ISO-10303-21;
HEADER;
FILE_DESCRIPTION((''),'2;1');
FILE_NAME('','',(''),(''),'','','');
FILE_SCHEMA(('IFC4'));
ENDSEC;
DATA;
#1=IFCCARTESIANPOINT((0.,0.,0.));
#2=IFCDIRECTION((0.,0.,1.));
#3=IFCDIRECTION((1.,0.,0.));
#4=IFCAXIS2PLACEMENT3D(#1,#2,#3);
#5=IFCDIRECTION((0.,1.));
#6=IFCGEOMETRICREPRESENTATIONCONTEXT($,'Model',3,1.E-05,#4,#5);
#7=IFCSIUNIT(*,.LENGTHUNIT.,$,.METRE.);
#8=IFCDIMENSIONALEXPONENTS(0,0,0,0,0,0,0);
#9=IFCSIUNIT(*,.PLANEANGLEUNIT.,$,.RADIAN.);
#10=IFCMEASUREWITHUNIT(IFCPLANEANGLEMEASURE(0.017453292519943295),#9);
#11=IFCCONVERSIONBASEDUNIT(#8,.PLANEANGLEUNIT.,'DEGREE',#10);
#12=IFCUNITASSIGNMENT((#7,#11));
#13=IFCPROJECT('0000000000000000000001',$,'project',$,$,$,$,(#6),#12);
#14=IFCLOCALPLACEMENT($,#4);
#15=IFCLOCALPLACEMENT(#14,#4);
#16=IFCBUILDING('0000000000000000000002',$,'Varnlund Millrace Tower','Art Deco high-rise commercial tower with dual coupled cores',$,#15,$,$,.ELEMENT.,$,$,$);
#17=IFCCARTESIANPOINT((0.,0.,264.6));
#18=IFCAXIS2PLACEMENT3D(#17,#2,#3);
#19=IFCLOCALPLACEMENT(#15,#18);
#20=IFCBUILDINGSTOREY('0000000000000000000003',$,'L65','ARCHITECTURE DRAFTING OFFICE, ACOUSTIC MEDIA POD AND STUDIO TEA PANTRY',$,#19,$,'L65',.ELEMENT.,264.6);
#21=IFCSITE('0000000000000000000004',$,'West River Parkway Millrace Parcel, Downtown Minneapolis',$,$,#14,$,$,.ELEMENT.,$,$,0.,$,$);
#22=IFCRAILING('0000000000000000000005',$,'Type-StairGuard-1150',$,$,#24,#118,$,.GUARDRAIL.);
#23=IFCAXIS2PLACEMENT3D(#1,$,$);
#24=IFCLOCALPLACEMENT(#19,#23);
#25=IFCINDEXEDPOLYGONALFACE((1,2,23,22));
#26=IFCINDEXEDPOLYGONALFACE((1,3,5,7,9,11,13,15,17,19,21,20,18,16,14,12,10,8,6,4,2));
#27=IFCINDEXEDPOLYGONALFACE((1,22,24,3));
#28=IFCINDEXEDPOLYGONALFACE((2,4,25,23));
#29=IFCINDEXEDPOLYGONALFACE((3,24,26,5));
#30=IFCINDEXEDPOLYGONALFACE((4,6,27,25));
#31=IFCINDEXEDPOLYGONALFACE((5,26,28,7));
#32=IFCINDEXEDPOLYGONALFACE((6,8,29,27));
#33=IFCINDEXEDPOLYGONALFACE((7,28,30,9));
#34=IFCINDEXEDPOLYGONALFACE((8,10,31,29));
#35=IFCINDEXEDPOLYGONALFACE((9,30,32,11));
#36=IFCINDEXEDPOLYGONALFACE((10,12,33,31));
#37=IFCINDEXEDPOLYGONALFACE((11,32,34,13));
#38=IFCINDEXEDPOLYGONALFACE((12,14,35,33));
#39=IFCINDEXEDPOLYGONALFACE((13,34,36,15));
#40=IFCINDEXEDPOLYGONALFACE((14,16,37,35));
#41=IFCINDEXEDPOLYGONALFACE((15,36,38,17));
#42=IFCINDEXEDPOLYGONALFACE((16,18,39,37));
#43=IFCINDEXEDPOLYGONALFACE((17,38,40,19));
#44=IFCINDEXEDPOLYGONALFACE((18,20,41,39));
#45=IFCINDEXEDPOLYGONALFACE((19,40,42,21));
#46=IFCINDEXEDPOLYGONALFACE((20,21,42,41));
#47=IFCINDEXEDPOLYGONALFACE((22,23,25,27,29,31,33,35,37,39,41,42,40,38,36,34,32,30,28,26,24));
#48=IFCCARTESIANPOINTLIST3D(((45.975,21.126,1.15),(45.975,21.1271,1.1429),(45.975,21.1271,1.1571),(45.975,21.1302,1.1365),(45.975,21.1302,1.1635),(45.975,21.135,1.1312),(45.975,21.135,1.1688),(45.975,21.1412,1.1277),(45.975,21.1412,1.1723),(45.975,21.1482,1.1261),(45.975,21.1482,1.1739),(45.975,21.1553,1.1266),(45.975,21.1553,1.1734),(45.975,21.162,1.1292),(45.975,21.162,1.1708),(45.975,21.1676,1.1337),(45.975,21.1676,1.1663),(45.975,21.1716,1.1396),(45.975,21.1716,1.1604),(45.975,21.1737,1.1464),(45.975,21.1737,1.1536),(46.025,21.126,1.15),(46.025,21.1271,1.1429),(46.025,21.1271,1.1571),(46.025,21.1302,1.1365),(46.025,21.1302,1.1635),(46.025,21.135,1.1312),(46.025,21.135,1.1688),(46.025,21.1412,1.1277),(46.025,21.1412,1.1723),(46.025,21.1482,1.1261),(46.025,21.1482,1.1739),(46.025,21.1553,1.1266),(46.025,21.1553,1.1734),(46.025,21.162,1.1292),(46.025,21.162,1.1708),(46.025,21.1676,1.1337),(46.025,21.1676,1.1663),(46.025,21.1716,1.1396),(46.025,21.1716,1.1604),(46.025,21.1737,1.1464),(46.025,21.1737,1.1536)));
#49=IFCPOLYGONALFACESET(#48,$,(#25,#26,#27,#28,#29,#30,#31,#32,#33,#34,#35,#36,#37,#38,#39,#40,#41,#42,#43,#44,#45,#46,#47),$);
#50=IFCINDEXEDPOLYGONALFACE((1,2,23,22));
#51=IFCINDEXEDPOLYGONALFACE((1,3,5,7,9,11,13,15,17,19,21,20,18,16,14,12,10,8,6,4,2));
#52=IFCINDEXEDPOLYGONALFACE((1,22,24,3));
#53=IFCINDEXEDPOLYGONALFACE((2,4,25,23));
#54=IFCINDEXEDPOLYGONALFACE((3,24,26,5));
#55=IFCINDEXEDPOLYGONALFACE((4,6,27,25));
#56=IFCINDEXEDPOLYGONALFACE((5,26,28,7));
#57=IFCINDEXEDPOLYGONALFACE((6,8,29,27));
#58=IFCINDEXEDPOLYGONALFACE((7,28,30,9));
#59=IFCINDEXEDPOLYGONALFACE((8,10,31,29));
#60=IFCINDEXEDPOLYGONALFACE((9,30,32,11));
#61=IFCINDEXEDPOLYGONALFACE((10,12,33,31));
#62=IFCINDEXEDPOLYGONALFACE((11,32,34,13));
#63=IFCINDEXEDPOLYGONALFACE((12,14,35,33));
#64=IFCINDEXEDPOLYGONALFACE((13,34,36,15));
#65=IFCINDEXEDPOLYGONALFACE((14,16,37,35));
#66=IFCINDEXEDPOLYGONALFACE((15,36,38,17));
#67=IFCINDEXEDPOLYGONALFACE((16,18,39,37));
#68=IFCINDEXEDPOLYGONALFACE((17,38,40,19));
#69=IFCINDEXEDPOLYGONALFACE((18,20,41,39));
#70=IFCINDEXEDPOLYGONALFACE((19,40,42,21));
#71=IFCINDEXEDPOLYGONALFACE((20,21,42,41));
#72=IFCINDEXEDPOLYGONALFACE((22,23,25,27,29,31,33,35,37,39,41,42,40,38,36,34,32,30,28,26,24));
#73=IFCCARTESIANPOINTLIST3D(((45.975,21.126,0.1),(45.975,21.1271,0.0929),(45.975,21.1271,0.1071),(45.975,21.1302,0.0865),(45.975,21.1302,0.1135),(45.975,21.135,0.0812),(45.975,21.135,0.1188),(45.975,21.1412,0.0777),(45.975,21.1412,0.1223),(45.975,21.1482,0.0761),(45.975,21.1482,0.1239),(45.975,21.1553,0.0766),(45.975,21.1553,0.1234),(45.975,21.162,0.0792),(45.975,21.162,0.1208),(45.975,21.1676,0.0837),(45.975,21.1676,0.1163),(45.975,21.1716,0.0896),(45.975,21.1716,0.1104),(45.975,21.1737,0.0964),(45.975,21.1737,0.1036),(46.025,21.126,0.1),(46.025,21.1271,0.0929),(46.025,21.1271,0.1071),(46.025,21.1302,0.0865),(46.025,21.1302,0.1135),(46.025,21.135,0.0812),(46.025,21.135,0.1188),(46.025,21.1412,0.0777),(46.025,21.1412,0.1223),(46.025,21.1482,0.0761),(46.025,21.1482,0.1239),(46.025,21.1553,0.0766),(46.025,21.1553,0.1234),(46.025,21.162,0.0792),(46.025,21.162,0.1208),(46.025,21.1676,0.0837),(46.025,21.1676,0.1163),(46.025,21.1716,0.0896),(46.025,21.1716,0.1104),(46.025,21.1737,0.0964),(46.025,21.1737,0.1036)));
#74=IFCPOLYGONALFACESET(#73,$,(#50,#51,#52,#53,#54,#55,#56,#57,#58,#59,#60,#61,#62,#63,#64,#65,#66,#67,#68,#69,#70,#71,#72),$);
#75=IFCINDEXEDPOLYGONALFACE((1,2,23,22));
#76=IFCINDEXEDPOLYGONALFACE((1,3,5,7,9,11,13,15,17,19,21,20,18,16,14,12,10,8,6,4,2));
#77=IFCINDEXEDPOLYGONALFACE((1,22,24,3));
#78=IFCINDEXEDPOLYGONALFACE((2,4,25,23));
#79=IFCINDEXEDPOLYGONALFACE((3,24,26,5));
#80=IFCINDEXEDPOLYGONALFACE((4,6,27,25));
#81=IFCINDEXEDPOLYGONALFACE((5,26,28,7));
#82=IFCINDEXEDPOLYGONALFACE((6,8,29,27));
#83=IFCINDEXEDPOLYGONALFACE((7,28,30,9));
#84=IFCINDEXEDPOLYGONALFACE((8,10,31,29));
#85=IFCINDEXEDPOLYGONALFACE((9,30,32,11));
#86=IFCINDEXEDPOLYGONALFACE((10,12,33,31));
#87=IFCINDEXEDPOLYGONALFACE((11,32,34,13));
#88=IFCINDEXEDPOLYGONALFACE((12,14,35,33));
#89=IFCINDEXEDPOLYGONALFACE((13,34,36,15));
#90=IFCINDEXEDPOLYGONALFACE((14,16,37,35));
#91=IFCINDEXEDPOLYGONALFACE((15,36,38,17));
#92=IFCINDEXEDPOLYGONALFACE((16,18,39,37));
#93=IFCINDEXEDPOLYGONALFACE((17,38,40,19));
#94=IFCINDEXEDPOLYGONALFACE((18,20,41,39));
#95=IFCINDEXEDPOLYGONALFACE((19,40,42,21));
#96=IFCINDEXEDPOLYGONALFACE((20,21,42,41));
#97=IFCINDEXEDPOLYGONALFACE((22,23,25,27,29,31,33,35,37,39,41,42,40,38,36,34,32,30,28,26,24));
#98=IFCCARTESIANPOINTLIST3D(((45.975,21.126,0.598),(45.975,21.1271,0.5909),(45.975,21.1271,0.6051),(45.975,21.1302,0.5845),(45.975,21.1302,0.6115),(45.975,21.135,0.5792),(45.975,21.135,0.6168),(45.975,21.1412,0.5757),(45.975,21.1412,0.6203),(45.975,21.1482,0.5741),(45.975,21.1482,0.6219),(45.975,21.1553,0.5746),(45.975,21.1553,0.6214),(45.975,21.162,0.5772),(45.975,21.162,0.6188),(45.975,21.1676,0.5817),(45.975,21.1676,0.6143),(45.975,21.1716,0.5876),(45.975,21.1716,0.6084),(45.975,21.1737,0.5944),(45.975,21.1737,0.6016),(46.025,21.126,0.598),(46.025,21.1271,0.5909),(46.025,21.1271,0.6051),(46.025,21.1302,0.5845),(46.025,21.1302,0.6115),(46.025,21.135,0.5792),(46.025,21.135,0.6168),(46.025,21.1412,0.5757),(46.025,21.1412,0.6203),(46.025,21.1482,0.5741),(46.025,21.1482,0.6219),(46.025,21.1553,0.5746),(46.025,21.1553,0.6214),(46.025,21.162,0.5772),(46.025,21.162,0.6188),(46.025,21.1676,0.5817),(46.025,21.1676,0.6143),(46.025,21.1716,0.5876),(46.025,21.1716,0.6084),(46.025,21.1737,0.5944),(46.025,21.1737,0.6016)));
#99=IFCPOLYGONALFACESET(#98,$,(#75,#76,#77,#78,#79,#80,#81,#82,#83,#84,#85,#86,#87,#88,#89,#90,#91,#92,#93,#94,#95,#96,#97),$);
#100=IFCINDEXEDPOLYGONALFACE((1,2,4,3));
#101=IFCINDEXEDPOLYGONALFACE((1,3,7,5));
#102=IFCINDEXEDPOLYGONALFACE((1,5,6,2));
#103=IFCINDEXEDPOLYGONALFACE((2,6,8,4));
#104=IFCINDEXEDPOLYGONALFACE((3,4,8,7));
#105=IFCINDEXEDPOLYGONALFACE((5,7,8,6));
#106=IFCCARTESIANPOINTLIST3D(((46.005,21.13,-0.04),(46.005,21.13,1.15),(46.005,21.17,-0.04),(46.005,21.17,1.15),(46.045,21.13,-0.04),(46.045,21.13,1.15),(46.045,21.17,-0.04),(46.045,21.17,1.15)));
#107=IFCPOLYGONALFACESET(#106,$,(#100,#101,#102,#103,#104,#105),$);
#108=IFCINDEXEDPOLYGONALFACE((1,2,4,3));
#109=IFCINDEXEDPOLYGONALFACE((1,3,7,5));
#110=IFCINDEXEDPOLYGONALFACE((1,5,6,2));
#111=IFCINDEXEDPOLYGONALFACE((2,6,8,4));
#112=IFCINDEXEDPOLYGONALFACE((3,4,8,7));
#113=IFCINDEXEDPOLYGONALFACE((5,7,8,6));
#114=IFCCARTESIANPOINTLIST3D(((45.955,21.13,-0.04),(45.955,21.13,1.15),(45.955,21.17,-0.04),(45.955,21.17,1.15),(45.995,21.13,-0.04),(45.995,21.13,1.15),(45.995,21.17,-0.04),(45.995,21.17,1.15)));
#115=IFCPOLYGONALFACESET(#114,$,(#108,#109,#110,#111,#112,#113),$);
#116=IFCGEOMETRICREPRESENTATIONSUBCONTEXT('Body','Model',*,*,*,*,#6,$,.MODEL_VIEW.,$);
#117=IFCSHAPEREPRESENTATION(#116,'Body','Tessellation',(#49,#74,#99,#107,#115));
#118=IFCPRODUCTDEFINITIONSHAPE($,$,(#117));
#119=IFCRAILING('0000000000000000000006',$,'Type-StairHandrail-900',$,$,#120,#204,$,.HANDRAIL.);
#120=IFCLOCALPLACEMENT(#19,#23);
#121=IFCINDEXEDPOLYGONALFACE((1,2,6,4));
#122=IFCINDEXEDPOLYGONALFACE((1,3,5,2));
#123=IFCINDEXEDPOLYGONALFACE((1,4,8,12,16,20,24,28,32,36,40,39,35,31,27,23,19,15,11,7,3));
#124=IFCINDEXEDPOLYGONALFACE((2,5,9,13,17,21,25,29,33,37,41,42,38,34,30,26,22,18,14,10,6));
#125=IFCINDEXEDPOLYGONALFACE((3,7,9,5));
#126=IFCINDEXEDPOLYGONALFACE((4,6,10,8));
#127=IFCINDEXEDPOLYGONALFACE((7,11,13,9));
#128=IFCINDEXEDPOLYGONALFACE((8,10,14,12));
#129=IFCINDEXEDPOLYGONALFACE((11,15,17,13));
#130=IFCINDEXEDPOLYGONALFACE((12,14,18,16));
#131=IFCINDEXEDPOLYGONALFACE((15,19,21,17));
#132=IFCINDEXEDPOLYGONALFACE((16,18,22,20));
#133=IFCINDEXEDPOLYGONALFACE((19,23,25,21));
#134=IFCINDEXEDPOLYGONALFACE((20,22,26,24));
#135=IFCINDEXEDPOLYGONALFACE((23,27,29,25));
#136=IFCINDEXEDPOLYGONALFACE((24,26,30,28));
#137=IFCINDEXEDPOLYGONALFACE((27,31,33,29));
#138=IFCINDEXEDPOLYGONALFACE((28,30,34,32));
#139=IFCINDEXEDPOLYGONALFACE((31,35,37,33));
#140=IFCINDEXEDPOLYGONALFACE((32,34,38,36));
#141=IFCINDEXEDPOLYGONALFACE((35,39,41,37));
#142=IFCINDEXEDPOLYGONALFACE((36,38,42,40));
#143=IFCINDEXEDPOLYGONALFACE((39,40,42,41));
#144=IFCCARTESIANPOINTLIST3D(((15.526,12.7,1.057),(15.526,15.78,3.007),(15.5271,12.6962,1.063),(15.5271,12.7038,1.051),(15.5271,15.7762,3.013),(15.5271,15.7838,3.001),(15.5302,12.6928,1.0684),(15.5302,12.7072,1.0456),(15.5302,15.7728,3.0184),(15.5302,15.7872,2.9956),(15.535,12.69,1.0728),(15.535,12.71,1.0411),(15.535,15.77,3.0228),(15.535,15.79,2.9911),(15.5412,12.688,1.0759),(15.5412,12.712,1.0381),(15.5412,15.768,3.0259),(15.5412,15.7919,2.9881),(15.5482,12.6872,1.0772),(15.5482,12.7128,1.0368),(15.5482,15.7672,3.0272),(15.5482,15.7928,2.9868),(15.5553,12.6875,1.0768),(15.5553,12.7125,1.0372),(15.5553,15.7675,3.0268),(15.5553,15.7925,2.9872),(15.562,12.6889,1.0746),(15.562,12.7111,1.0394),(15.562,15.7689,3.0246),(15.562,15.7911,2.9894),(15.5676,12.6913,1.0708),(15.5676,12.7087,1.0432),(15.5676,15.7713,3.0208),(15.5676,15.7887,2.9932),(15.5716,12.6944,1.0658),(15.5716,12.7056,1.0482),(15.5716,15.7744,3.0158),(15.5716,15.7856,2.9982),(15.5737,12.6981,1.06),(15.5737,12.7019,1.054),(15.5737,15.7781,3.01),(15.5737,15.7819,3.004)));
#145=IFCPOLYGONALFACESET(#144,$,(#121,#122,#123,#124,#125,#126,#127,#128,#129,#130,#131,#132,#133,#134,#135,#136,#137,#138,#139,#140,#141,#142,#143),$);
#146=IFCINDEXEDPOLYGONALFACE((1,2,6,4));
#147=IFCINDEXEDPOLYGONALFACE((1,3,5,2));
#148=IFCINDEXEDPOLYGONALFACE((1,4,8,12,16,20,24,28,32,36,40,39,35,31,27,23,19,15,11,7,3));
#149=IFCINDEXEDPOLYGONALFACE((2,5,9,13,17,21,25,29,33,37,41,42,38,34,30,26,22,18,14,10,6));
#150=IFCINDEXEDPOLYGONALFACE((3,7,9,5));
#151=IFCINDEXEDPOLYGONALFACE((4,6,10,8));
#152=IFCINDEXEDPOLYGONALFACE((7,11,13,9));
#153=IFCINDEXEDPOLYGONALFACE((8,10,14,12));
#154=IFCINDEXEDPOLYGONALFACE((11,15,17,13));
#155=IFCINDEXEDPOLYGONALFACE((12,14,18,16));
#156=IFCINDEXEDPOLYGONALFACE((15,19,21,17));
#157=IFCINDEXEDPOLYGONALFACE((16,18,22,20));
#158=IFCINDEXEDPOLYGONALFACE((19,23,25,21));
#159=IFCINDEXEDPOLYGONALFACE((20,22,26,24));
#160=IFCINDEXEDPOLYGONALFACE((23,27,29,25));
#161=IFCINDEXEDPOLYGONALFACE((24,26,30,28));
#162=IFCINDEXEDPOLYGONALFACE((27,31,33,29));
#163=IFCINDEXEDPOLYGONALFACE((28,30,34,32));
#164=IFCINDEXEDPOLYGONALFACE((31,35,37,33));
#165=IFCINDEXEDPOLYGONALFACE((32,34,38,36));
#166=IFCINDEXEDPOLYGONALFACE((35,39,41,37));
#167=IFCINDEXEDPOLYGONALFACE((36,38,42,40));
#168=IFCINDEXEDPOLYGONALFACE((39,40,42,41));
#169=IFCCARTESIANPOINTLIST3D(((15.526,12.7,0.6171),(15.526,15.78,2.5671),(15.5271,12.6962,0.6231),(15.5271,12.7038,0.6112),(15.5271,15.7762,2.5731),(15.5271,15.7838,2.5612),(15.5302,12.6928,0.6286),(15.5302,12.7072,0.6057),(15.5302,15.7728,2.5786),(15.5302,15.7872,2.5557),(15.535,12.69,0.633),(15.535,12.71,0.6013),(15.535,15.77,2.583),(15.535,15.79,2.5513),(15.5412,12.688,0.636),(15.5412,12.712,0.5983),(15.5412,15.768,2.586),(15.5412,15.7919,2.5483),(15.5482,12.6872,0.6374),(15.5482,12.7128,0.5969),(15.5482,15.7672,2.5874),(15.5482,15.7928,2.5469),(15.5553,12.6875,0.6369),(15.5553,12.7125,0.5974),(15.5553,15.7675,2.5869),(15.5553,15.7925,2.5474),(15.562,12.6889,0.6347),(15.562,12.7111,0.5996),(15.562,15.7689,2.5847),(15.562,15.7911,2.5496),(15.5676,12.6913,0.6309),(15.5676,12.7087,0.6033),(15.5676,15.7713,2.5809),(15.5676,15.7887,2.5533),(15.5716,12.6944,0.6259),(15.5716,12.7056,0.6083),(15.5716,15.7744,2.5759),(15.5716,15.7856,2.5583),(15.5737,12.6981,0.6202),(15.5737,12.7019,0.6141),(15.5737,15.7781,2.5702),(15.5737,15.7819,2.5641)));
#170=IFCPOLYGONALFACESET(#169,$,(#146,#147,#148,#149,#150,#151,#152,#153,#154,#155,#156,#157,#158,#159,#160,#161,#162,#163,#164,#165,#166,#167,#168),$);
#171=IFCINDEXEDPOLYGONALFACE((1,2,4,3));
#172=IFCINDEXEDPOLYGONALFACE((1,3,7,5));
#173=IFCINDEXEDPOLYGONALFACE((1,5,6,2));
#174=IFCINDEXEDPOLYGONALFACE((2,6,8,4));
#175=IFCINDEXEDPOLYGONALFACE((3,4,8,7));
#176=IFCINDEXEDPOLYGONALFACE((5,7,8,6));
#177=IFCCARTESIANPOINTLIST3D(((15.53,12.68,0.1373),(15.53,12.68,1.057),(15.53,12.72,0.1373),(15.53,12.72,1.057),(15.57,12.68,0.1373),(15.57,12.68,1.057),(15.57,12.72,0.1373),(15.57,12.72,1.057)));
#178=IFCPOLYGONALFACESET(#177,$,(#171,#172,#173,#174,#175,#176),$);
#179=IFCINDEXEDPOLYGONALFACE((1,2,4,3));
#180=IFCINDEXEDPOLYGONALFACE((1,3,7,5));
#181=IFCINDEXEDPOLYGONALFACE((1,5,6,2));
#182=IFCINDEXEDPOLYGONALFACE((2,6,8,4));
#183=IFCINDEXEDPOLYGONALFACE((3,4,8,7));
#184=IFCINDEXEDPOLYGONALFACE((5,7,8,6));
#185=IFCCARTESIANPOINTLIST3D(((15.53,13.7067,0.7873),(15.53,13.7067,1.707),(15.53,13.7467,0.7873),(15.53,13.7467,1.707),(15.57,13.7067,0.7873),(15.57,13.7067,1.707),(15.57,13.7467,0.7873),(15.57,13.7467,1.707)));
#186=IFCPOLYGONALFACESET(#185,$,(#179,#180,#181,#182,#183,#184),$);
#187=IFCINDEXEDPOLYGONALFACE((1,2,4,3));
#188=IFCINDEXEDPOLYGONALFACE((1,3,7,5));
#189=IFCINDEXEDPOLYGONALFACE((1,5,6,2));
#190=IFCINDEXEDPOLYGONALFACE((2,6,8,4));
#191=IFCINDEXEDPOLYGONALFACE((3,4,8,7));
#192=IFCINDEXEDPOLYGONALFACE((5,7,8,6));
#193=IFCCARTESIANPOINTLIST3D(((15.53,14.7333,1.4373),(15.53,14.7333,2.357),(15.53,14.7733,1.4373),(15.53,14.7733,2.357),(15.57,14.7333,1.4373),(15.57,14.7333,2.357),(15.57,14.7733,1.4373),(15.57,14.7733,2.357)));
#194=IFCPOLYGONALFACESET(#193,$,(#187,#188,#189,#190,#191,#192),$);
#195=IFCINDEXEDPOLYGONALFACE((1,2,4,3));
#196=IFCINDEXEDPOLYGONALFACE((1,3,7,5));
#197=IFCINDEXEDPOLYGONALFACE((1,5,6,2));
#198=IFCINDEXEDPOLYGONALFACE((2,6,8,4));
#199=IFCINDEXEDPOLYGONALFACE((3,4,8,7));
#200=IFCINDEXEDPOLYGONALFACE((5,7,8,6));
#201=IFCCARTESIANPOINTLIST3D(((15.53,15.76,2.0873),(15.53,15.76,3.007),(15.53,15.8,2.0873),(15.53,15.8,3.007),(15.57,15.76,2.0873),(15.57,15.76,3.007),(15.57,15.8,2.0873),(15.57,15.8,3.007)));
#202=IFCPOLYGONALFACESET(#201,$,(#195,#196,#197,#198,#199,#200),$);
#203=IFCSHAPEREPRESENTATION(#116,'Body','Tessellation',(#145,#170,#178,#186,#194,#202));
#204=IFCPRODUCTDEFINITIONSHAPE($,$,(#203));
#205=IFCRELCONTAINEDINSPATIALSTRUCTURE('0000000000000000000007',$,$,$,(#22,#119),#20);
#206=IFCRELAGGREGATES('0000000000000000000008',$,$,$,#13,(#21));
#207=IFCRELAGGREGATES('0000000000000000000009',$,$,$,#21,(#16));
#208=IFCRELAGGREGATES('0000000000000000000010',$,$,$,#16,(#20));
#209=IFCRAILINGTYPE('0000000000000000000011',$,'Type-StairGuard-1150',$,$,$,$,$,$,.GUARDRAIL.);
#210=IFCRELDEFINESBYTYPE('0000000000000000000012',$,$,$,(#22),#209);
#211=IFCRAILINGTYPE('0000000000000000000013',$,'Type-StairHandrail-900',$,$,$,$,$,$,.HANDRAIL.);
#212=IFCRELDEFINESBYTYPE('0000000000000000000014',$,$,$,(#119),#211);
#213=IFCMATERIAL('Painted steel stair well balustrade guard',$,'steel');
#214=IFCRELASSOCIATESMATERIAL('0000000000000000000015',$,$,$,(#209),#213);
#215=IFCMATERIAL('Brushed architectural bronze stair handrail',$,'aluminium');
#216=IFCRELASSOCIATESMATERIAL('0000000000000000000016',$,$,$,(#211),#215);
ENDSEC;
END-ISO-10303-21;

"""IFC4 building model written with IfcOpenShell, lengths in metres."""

from ifc_helpers import new_model, entity, si_unit, converted_unit, direction, frame, origin_with_axes, origin_2d_with_axis, place, context, subcontext, project, spatial, rectangle, circle, extrude, material, type_object, element, save


model = new_model("IFC4")

# Units and contexts
model_context = context("Model", 3, precision=1e-05, world=origin_with_axes(), true_north=direction((0.0, 1.0)))
body_context = subcontext(model_context, "Body", "Model", "MODEL_VIEW")
ifc_project = project(units=[si_unit("LENGTHUNIT", "METRE"), converted_unit("PLANEANGLEUNIT", "DEGREE", entity("IfcPlaneAngleMeasure", 0.017453292519943295), si_unit("PLANEANGLEUNIT", "RADIAN"), dimensions=[0, 0, 0, 0, 0, 0, 0])], contexts=[model_context])

# Site, building, storey
site_placement = place(None, origin_with_axes())
site = spatial("IfcSite", under=ifc_project, at=site_placement, Name="West River Parkway Millrace Parcel, Downtown Minneapolis", CompositionType="ELEMENT", RefElevation=0.0)
building_placement = place(site_placement, origin_with_axes())
building = spatial("IfcBuilding", under=site, at=building_placement, Name="Varnlund Millrace Tower", Description="Art Deco high-rise commercial tower with dual coupled cores", CompositionType="ELEMENT")
storey_placement = place(building_placement, frame((0.0, 0.0, 264.6), z_axis=(0.0, 0.0, 1.0), x_axis=(1.0, 0.0, 0.0)))
storey = spatial("IfcBuildingStorey", under=building, at=storey_placement, Name="L65", Description="ARCHITECTURE DRAFTING OFFICE, ACOUSTIC MEDIA POD AND STUDIO TEA PANTRY", LongName="L65", CompositionType="ELEMENT", Elevation=264.6)

# Railings
ifc_material_1 = material(Name="Painted steel stair well balustrade guard", Category="steel")
railing_type_1 = type_object("IfcRailingType", Name="Type-StairGuard-1150", PredefinedType="GUARDRAIL", material=ifc_material_1)
railing_1_placement = place(storey_placement, frame((0.0, 0.0, -264.6), z_axis=(0.0, 0.0, 1.0), x_axis=(1.0, 0.0, 0.0)))
element("IfcRailing", 1, at=railing_1_placement, inside=storey, type_object=railing_type_1, Name="Type-StairGuard-1150", PredefinedType="GUARDRAIL", context=body_context, shape_type="SweptSolid", body=[
    extrude(circle(Radius=0.024, at=origin_2d_with_axis()), frame((46.025, 21.15, 265.75), z_axis=(-1.0, 0.0, 0.0), x_axis=(0.0, -1.0, 0.0)), (0.0, 0.0, 1.0), 0.05),
    extrude(circle(Radius=0.024, at=origin_2d_with_axis()), frame((46.025, 21.15, 264.7), z_axis=(-1.0, 0.0, 0.0), x_axis=(0.0, -1.0, 0.0)), (0.0, 0.0, 1.0), 0.05),
    extrude(circle(Radius=0.024, at=origin_2d_with_axis()), frame((46.025, 21.15, 265.198), z_axis=(-1.0, 0.0, 0.0), x_axis=(0.0, -1.0, 0.0)), (0.0, 0.0, 1.0), 0.05),
    extrude(rectangle(XDim=0.04, YDim=0.04, at=origin_2d_with_axis()), frame((46.025, 21.15, 264.56), z_axis=(0.0, 0.0, 1.0), x_axis=(1.0, 0.0, 0.0)), (0.0, 0.0, 1.0), 1.19),
    extrude(rectangle(XDim=0.04, YDim=0.04, at=origin_2d_with_axis()), frame((45.975, 21.15, 264.56), z_axis=(0.0, 0.0, 1.0), x_axis=(1.0, 0.0, 0.0)), (0.0, 0.0, 1.0), 1.19),
])
ifc_material_2 = material(Name="Brushed architectural bronze stair handrail", Category="aluminium")
railing_type_2 = type_object("IfcRailingType", Name="Type-StairHandrail-900", PredefinedType="HANDRAIL", material=ifc_material_2)
railing_2_placement = place(storey_placement, frame((0.0, 0.0, -264.6), z_axis=(0.0, 0.0, 1.0), x_axis=(1.0, 0.0, 0.0)))
element("IfcRailing", 2, at=railing_2_placement, inside=storey, type_object=railing_type_2, Name="Type-StairHandrail-900", PredefinedType="HANDRAIL", context=body_context, shape_type="SweptSolid", body=[
    extrude(circle(Radius=0.024, at=origin_2d_with_axis()), frame((15.55, 12.7, 265.657), z_axis=(0.0, 0.844902, 0.534922), x_axis=(-1.0, 0.0, 0.0)), (0.0, 0.0, 1.0), 3.6454),
    extrude(circle(Radius=0.024, at=origin_2d_with_axis()), frame((15.55, 12.7, 265.2171), z_axis=(0.0, 0.844902, 0.534922), x_axis=(-1.0, 0.0, 0.0)), (0.0, 0.0, 1.0), 3.6454),
    extrude(rectangle(XDim=0.04, YDim=0.04, at=origin_2d_with_axis()), frame((15.55, 12.7, 264.7373), z_axis=(0.0, 0.0, 1.0), x_axis=(1.0, 0.0, 0.0)), (0.0, 0.0, 1.0), 0.9197),
    extrude(rectangle(XDim=0.04, YDim=0.04, at=origin_2d_with_axis()), frame((15.55, 13.7267, 265.3873), z_axis=(0.0, 0.0, 1.0), x_axis=(1.0, 0.0, 0.0)), (0.0, 0.0, 1.0), 0.9197),
    extrude(rectangle(XDim=0.04, YDim=0.04, at=origin_2d_with_axis()), frame((15.55, 14.7533, 266.0373), z_axis=(0.0, 0.0, 1.0), x_axis=(1.0, 0.0, 0.0)), (0.0, 0.0, 1.0), 0.9197),
    extrude(rectangle(XDim=0.04, YDim=0.04, at=origin_2d_with_axis()), frame((15.55, 15.78, 266.6873), z_axis=(0.0, 0.0, 1.0), x_axis=(1.0, 0.0, 0.0)), (0.0, 0.0, 1.0), 0.9197),
])

save(model, "model.ifc")
